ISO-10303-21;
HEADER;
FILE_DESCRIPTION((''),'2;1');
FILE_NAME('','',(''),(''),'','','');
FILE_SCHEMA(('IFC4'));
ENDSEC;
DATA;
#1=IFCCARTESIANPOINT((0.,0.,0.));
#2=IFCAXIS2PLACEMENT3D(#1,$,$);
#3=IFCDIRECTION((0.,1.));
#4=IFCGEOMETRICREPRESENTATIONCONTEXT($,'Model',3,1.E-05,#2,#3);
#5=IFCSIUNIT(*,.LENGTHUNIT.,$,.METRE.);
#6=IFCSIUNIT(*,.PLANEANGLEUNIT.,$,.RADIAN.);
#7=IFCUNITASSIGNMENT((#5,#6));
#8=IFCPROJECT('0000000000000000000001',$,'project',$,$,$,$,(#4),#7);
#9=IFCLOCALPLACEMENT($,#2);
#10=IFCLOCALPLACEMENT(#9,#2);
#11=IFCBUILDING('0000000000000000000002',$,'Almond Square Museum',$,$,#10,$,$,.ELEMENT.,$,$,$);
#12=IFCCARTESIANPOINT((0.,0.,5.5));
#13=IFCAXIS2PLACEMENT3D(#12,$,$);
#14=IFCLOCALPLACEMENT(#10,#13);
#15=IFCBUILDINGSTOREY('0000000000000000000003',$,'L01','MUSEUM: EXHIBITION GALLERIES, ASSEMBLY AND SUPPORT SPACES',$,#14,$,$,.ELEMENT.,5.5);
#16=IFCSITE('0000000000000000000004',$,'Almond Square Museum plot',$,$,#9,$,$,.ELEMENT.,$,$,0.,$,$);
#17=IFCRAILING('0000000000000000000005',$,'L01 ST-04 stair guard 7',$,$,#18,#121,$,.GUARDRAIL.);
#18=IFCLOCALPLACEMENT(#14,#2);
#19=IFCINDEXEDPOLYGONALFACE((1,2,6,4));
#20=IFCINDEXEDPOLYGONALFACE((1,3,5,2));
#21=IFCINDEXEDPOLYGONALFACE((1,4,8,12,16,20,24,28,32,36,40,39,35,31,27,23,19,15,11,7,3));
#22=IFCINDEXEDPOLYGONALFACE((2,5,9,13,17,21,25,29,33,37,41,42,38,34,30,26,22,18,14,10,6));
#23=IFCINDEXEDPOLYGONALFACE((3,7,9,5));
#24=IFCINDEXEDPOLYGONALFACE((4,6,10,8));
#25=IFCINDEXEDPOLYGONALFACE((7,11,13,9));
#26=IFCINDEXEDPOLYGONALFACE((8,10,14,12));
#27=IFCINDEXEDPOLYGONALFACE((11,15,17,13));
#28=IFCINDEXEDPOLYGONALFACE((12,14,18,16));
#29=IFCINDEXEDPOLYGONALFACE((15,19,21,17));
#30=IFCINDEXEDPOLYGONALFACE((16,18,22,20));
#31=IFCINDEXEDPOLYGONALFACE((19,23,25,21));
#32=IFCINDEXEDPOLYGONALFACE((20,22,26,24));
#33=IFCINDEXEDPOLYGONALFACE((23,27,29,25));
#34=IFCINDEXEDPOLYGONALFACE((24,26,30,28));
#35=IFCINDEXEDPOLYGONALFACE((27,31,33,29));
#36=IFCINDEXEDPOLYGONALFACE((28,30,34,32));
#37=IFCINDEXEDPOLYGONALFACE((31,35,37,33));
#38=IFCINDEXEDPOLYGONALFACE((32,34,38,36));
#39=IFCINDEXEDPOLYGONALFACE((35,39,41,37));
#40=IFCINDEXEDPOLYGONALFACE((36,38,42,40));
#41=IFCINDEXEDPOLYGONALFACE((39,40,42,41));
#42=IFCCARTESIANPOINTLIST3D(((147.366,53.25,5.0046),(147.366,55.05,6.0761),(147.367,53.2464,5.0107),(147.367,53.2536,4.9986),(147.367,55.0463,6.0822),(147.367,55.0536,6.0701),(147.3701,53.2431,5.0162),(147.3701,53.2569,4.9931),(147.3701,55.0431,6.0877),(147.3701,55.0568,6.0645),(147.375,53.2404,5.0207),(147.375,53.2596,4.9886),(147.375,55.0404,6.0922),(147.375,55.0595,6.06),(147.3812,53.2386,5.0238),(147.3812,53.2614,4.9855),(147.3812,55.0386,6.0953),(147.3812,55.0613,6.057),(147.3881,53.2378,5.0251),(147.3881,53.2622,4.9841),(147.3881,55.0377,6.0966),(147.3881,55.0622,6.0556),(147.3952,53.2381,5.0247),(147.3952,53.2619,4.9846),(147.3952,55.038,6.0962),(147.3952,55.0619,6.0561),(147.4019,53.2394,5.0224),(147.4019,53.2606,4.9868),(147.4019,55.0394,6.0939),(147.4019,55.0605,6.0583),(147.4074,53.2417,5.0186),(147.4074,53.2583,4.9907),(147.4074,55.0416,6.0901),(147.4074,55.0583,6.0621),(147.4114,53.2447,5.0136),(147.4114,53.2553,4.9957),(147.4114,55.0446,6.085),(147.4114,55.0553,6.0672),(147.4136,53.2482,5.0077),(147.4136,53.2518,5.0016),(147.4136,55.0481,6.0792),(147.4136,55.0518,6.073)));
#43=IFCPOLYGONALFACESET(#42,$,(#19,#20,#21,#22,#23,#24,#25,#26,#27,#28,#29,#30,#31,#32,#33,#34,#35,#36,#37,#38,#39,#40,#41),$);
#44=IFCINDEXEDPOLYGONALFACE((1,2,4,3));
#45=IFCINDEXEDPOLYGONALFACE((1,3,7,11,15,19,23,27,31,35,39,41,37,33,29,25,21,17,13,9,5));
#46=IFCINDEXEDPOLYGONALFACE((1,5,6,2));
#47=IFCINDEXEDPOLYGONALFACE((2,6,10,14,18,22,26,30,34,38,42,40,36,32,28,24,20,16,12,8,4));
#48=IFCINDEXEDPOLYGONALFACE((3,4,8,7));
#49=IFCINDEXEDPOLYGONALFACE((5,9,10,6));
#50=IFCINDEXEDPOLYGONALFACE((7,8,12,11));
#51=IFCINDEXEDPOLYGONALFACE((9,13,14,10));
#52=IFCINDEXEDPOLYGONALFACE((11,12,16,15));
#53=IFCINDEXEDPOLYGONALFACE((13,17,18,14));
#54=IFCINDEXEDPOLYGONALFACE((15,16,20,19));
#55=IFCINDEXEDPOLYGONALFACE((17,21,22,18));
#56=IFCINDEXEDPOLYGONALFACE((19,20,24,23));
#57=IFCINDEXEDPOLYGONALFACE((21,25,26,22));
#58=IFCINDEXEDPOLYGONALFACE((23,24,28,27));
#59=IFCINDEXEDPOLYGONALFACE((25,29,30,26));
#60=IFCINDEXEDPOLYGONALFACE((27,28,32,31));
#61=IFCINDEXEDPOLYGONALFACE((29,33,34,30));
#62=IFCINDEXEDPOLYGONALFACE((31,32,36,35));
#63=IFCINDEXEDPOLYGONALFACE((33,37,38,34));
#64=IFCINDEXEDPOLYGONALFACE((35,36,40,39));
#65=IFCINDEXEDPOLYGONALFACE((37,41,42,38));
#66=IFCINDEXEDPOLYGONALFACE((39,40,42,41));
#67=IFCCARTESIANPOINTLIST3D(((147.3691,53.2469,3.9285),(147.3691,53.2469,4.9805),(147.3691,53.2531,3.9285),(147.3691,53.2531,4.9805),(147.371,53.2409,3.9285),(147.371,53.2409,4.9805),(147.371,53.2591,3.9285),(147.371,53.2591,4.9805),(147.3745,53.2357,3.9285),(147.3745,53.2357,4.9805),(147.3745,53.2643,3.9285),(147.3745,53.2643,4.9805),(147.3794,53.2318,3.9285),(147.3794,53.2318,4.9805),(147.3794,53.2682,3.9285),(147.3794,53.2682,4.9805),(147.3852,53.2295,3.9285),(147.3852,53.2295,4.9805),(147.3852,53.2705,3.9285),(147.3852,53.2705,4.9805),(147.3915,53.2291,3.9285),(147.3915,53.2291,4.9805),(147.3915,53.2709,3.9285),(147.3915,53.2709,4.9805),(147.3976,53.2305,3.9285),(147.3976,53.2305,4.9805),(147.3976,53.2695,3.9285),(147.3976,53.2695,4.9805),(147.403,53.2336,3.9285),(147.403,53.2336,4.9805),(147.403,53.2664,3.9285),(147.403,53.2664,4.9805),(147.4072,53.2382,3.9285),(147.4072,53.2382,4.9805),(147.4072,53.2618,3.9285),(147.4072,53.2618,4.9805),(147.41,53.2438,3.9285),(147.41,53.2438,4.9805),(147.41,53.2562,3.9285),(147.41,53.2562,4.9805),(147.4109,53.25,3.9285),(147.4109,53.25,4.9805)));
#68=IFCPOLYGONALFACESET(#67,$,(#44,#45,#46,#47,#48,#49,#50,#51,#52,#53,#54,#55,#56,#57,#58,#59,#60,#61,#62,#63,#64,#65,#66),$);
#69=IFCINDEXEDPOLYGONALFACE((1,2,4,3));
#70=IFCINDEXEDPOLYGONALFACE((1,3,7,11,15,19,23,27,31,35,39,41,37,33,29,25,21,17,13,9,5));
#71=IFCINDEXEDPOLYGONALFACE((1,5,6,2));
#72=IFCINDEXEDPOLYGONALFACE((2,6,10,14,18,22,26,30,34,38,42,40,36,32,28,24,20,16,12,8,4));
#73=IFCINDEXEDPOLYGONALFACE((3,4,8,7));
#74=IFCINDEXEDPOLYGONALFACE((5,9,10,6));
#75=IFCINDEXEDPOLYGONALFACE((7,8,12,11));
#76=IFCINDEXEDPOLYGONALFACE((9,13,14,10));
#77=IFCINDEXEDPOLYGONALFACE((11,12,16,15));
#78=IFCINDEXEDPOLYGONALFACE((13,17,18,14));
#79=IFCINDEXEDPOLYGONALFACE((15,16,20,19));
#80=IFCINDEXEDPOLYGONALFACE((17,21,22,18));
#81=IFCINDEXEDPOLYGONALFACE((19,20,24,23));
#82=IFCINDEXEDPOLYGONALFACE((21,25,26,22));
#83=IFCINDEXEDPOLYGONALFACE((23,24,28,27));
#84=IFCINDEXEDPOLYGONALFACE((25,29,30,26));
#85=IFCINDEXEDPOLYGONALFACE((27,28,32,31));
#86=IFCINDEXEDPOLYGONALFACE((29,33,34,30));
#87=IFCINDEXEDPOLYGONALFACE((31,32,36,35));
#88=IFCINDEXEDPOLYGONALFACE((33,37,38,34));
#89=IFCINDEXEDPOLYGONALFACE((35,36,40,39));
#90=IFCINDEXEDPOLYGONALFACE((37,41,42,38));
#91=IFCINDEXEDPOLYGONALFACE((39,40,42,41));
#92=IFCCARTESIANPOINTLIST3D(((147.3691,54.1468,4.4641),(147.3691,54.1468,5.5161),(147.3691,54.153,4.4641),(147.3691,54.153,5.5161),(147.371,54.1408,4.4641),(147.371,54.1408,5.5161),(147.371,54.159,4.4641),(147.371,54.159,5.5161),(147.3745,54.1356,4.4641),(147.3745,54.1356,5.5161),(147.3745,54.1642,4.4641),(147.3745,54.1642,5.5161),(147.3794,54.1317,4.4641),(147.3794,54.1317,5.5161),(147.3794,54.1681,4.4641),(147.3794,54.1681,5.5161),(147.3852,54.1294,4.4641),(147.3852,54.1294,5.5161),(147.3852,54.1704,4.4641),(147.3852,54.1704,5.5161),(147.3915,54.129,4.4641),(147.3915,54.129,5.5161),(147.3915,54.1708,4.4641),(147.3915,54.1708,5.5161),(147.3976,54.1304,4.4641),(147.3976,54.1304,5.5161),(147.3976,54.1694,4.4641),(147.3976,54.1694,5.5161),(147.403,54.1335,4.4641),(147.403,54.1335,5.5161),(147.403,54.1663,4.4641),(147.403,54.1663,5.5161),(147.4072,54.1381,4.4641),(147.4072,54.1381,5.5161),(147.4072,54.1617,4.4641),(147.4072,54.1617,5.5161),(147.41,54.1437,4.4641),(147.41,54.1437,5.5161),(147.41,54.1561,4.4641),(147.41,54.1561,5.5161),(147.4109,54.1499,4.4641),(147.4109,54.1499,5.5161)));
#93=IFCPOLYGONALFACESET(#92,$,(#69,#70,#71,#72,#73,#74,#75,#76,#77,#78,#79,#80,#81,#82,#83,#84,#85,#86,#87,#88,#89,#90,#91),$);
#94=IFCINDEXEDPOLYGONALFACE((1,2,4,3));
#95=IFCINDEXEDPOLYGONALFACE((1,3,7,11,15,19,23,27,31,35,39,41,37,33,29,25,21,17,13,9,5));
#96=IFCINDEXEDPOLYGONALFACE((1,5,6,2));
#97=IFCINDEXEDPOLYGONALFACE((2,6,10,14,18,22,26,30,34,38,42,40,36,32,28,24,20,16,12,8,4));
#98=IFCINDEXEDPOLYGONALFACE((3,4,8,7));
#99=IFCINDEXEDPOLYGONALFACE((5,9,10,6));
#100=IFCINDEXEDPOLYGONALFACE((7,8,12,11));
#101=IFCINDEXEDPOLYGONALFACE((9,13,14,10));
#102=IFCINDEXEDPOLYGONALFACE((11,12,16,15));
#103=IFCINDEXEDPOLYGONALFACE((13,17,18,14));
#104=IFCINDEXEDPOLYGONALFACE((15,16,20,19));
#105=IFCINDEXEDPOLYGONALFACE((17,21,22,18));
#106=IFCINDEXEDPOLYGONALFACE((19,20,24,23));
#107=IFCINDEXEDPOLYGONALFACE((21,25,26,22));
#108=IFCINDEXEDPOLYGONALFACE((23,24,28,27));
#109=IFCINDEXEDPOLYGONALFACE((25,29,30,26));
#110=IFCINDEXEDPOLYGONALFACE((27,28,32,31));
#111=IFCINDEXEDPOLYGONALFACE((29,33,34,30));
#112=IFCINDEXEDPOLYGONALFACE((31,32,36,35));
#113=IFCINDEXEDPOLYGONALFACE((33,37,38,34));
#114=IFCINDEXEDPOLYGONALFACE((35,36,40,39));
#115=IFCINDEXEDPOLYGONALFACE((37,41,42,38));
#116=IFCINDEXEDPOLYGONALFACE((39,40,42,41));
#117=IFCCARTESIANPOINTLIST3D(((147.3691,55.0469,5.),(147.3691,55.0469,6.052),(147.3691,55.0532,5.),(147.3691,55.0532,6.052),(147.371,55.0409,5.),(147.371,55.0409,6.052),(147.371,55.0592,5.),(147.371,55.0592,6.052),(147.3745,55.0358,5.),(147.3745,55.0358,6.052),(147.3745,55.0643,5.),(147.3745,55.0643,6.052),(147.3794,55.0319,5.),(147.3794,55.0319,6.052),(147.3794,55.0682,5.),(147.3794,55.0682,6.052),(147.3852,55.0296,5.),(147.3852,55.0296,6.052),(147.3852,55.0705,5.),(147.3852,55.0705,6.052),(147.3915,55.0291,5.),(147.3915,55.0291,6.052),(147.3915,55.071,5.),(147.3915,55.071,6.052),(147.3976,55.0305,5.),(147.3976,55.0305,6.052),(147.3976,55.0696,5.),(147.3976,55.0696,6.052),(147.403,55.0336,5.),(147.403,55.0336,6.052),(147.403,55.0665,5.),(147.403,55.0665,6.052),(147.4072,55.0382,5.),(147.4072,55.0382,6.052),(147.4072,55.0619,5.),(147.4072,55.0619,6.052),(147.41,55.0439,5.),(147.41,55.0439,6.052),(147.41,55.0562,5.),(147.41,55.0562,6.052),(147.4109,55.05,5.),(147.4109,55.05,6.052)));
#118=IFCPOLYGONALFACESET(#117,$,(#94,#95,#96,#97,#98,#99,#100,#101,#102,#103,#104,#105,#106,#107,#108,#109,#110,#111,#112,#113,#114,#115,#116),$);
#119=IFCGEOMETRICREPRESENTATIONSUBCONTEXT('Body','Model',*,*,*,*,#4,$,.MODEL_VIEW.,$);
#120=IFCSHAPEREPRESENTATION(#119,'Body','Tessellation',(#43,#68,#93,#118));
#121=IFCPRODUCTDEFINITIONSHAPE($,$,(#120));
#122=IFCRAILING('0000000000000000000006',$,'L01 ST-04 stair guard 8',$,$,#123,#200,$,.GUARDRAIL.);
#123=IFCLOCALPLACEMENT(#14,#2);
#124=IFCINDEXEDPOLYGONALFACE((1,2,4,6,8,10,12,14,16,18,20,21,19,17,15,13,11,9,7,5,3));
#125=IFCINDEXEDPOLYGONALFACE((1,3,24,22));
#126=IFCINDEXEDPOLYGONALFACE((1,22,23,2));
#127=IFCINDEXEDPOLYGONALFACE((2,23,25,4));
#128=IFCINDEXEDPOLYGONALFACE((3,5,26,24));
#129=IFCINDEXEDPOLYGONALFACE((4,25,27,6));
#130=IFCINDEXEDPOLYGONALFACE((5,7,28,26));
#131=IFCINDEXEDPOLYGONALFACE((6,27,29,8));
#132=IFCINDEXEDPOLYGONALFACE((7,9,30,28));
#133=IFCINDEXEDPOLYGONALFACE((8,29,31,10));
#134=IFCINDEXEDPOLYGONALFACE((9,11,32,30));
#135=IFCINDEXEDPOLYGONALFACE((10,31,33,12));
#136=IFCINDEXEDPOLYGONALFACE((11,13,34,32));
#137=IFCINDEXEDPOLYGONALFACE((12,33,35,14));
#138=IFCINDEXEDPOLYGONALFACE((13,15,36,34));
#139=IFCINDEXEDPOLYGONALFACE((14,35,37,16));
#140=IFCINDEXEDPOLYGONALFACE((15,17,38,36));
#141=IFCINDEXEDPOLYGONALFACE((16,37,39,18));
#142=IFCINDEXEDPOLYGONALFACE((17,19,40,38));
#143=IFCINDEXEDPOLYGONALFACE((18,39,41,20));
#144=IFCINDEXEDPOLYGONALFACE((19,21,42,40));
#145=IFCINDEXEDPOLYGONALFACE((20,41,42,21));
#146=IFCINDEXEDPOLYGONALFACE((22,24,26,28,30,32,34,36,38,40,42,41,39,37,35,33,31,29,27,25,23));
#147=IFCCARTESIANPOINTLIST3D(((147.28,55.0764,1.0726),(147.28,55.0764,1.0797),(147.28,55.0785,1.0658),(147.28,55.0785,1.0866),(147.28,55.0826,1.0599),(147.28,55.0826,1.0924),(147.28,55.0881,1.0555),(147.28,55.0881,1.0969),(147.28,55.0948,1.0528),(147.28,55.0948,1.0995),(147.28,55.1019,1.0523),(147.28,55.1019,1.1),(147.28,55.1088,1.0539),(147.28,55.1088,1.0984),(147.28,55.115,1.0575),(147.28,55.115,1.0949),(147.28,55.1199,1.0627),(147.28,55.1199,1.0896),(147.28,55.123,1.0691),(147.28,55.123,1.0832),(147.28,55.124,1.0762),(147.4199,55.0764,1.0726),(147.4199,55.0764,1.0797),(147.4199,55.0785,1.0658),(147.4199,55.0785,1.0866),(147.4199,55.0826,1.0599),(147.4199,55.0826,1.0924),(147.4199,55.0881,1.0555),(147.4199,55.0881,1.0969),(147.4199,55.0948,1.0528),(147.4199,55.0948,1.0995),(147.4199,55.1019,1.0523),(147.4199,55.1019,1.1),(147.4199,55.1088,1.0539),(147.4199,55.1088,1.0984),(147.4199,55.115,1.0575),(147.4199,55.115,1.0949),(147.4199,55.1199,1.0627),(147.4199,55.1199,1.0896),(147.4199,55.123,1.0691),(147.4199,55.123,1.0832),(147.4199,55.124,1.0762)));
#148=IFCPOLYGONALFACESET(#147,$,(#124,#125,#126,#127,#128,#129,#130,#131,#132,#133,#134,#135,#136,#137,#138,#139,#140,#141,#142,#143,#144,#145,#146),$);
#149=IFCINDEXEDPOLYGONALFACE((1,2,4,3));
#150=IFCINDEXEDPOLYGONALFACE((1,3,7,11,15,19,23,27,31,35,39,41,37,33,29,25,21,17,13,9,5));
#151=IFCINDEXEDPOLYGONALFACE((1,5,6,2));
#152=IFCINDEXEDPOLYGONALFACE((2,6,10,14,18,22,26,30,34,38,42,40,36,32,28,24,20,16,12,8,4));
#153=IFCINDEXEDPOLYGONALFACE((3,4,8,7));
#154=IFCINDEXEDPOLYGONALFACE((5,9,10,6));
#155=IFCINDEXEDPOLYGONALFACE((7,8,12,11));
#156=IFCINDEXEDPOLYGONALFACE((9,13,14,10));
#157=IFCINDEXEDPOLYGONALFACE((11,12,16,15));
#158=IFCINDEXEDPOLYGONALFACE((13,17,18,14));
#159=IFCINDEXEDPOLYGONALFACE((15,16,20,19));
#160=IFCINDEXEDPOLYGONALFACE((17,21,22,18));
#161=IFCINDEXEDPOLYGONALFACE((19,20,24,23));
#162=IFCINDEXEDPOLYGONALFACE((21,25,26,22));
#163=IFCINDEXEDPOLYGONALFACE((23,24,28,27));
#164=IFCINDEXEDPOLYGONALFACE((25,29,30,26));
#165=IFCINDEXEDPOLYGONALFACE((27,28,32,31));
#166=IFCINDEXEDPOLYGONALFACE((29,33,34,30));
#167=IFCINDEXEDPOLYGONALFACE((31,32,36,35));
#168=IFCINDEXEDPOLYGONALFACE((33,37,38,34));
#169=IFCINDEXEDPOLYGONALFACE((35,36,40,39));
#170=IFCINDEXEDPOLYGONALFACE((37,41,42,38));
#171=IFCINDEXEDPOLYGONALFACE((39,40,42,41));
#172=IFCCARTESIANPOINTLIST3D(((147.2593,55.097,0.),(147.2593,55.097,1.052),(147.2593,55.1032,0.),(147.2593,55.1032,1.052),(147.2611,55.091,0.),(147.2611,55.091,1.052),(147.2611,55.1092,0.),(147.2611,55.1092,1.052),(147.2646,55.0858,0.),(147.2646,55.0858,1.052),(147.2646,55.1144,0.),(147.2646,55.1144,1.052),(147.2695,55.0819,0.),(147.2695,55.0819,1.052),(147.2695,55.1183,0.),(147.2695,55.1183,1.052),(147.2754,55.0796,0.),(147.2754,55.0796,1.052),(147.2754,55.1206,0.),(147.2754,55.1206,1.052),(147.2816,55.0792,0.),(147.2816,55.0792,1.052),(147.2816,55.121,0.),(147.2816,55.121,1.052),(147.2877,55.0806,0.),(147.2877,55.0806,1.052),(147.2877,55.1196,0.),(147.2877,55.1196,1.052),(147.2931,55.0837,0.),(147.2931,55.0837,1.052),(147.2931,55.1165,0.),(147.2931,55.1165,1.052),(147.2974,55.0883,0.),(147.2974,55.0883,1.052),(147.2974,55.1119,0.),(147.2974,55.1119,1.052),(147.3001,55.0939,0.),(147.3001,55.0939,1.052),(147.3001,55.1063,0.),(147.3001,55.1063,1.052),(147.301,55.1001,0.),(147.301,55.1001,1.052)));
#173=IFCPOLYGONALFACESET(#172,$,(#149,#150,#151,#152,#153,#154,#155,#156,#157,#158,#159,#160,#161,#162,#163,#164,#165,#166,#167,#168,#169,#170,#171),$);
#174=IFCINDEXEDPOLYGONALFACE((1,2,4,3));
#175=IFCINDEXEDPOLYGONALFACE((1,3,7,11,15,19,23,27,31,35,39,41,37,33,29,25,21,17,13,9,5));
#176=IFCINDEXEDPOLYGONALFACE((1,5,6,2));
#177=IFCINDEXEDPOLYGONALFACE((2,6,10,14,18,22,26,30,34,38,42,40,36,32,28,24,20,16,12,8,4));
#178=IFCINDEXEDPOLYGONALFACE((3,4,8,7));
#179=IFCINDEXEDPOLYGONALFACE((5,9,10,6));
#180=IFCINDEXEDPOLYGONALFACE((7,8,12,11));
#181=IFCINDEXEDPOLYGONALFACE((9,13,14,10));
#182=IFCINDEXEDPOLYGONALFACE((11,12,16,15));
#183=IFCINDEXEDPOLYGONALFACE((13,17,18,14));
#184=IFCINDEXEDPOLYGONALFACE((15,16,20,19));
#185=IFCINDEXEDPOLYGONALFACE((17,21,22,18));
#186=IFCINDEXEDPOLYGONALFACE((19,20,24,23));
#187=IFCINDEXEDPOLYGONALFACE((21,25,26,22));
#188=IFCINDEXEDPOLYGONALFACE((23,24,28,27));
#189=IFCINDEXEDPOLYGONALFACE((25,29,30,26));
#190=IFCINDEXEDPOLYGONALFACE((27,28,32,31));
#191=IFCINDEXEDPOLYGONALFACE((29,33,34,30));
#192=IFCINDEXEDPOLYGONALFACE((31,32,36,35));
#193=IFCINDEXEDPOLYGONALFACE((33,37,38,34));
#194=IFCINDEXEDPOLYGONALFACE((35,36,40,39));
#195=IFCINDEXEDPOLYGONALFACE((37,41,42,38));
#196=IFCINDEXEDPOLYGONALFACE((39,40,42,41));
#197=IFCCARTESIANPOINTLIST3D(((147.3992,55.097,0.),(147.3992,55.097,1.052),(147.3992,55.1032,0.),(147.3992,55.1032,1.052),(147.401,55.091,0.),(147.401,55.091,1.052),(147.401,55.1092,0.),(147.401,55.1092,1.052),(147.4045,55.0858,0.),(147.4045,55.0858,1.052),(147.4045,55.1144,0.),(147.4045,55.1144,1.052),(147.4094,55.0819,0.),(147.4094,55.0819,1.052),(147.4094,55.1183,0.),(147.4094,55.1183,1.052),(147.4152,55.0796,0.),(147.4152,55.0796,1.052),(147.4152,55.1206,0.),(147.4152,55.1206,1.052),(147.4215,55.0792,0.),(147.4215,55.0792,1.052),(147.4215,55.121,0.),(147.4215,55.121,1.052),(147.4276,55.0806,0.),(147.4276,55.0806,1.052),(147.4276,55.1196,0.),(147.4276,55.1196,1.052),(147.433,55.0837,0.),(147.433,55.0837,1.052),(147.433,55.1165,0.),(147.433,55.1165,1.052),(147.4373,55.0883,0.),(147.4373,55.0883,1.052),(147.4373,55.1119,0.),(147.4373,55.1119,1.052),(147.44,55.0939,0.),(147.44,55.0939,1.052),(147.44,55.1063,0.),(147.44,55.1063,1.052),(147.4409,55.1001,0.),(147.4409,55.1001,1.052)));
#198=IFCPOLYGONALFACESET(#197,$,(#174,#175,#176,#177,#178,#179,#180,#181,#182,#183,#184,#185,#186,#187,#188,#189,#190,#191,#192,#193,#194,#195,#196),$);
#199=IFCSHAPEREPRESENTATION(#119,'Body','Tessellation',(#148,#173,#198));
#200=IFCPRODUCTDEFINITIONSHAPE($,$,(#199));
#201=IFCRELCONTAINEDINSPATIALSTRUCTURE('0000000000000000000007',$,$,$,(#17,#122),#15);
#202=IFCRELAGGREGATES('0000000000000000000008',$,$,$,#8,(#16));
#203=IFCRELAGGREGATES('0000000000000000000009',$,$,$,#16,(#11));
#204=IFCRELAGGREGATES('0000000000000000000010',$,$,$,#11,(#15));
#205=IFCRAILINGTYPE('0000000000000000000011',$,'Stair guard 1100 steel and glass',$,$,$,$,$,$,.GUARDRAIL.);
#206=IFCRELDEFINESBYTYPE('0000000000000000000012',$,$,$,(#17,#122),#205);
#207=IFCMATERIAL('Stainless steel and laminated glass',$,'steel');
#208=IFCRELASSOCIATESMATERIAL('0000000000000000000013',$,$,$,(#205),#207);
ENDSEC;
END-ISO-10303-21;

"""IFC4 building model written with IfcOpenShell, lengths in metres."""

from ifc_helpers import new_model, si_unit, direction, frame, origin, origin_2d, place, context, subcontext, project, spatial, circle, extrude, material, type_object, element, save


model = new_model("IFC4")

# Units and contexts
model_context = context("Model", 3, precision=1e-05, world=origin(), true_north=direction((0.0, 1.0)))
body_context = subcontext(model_context, "Body", "Model", "MODEL_VIEW")
ifc_project = project(units=[si_unit("LENGTHUNIT", "METRE"), si_unit("PLANEANGLEUNIT", "RADIAN")], contexts=[model_context])

# Site, building, storey
site_placement = place(None, origin())
site = spatial("IfcSite", under=ifc_project, at=site_placement, Name="Almond Square Museum plot", CompositionType="ELEMENT", RefElevation=0.0)
building_placement = place(site_placement, origin())
building = spatial("IfcBuilding", under=site, at=building_placement, Name="Almond Square Museum", CompositionType="ELEMENT")
storey_placement = place(building_placement, frame((0.0, 0.0, 5.5)))
storey = spatial("IfcBuildingStorey", under=building, at=storey_placement, Name="L01", Description="MUSEUM: EXHIBITION GALLERIES, ASSEMBLY AND SUPPORT SPACES", CompositionType="ELEMENT", Elevation=5.5)

# Railings
ifc_material_1 = material(Name="Stainless steel and laminated glass", Category="steel")
railing_type_1 = type_object("IfcRailingType", Name="Stair guard 1100 steel and glass", PredefinedType="GUARDRAIL", material=ifc_material_1)
railing_1_placement = place(storey_placement, frame((147.3899, 53.25, 3.9285)))
element("IfcRailing", 1, at=railing_1_placement, inside=storey, type_object=railing_type_1, Name="L01 ST-04 stair guard 7", PredefinedType="GUARDRAIL", context=body_context, shape_type="SweptSolid", body=[
    extrude(circle(Radius=0.0239, at=origin_2d()), frame((0.0, 0.0, 1.0762), z_axis=(0.0, 0.859277, 0.51151), x_axis=(-1.0, 0.0, 0.0)), (0.0, 0.0, 1.0), 2.0947),
    extrude(circle(Radius=0.021, at=origin_2d()), origin(), (0.0, 0.0, 1.0), 1.052),
    extrude(circle(Radius=0.021, at=origin_2d()), frame((0.0, 0.8999, 0.5356)), (0.0, 0.0, 1.0), 1.052),
    extrude(circle(Radius=0.021, at=origin_2d()), frame((0.0, 1.8, 1.0715)), (0.0, 0.0, 1.0), 1.052),
])
railing_2_placement = place(storey_placement, frame((147.28, 55.1001, 0.0)))
element("IfcRailing", 2, at=railing_2_placement, inside=storey, type_object=railing_type_1, Name="L01 ST-04 stair guard 8", PredefinedType="GUARDRAIL", context=body_context, shape_type="SweptSolid", body=[
    extrude(circle(Radius=0.0239, at=origin_2d()), frame((0.0, 0.0, 1.0762), z_axis=(1.0, 0.0, 0.0), x_axis=(0.0, 1.0, 0.0)), (0.0, 0.0, 1.0), 0.1399),
    extrude(circle(Radius=0.021, at=origin_2d()), origin(), (0.0, 0.0, 1.0), 1.052),
    extrude(circle(Radius=0.021, at=origin_2d()), frame((0.1399, 0.0, 0.0)), (0.0, 0.0, 1.0), 1.052),
])

save(model, "model.ifc")
